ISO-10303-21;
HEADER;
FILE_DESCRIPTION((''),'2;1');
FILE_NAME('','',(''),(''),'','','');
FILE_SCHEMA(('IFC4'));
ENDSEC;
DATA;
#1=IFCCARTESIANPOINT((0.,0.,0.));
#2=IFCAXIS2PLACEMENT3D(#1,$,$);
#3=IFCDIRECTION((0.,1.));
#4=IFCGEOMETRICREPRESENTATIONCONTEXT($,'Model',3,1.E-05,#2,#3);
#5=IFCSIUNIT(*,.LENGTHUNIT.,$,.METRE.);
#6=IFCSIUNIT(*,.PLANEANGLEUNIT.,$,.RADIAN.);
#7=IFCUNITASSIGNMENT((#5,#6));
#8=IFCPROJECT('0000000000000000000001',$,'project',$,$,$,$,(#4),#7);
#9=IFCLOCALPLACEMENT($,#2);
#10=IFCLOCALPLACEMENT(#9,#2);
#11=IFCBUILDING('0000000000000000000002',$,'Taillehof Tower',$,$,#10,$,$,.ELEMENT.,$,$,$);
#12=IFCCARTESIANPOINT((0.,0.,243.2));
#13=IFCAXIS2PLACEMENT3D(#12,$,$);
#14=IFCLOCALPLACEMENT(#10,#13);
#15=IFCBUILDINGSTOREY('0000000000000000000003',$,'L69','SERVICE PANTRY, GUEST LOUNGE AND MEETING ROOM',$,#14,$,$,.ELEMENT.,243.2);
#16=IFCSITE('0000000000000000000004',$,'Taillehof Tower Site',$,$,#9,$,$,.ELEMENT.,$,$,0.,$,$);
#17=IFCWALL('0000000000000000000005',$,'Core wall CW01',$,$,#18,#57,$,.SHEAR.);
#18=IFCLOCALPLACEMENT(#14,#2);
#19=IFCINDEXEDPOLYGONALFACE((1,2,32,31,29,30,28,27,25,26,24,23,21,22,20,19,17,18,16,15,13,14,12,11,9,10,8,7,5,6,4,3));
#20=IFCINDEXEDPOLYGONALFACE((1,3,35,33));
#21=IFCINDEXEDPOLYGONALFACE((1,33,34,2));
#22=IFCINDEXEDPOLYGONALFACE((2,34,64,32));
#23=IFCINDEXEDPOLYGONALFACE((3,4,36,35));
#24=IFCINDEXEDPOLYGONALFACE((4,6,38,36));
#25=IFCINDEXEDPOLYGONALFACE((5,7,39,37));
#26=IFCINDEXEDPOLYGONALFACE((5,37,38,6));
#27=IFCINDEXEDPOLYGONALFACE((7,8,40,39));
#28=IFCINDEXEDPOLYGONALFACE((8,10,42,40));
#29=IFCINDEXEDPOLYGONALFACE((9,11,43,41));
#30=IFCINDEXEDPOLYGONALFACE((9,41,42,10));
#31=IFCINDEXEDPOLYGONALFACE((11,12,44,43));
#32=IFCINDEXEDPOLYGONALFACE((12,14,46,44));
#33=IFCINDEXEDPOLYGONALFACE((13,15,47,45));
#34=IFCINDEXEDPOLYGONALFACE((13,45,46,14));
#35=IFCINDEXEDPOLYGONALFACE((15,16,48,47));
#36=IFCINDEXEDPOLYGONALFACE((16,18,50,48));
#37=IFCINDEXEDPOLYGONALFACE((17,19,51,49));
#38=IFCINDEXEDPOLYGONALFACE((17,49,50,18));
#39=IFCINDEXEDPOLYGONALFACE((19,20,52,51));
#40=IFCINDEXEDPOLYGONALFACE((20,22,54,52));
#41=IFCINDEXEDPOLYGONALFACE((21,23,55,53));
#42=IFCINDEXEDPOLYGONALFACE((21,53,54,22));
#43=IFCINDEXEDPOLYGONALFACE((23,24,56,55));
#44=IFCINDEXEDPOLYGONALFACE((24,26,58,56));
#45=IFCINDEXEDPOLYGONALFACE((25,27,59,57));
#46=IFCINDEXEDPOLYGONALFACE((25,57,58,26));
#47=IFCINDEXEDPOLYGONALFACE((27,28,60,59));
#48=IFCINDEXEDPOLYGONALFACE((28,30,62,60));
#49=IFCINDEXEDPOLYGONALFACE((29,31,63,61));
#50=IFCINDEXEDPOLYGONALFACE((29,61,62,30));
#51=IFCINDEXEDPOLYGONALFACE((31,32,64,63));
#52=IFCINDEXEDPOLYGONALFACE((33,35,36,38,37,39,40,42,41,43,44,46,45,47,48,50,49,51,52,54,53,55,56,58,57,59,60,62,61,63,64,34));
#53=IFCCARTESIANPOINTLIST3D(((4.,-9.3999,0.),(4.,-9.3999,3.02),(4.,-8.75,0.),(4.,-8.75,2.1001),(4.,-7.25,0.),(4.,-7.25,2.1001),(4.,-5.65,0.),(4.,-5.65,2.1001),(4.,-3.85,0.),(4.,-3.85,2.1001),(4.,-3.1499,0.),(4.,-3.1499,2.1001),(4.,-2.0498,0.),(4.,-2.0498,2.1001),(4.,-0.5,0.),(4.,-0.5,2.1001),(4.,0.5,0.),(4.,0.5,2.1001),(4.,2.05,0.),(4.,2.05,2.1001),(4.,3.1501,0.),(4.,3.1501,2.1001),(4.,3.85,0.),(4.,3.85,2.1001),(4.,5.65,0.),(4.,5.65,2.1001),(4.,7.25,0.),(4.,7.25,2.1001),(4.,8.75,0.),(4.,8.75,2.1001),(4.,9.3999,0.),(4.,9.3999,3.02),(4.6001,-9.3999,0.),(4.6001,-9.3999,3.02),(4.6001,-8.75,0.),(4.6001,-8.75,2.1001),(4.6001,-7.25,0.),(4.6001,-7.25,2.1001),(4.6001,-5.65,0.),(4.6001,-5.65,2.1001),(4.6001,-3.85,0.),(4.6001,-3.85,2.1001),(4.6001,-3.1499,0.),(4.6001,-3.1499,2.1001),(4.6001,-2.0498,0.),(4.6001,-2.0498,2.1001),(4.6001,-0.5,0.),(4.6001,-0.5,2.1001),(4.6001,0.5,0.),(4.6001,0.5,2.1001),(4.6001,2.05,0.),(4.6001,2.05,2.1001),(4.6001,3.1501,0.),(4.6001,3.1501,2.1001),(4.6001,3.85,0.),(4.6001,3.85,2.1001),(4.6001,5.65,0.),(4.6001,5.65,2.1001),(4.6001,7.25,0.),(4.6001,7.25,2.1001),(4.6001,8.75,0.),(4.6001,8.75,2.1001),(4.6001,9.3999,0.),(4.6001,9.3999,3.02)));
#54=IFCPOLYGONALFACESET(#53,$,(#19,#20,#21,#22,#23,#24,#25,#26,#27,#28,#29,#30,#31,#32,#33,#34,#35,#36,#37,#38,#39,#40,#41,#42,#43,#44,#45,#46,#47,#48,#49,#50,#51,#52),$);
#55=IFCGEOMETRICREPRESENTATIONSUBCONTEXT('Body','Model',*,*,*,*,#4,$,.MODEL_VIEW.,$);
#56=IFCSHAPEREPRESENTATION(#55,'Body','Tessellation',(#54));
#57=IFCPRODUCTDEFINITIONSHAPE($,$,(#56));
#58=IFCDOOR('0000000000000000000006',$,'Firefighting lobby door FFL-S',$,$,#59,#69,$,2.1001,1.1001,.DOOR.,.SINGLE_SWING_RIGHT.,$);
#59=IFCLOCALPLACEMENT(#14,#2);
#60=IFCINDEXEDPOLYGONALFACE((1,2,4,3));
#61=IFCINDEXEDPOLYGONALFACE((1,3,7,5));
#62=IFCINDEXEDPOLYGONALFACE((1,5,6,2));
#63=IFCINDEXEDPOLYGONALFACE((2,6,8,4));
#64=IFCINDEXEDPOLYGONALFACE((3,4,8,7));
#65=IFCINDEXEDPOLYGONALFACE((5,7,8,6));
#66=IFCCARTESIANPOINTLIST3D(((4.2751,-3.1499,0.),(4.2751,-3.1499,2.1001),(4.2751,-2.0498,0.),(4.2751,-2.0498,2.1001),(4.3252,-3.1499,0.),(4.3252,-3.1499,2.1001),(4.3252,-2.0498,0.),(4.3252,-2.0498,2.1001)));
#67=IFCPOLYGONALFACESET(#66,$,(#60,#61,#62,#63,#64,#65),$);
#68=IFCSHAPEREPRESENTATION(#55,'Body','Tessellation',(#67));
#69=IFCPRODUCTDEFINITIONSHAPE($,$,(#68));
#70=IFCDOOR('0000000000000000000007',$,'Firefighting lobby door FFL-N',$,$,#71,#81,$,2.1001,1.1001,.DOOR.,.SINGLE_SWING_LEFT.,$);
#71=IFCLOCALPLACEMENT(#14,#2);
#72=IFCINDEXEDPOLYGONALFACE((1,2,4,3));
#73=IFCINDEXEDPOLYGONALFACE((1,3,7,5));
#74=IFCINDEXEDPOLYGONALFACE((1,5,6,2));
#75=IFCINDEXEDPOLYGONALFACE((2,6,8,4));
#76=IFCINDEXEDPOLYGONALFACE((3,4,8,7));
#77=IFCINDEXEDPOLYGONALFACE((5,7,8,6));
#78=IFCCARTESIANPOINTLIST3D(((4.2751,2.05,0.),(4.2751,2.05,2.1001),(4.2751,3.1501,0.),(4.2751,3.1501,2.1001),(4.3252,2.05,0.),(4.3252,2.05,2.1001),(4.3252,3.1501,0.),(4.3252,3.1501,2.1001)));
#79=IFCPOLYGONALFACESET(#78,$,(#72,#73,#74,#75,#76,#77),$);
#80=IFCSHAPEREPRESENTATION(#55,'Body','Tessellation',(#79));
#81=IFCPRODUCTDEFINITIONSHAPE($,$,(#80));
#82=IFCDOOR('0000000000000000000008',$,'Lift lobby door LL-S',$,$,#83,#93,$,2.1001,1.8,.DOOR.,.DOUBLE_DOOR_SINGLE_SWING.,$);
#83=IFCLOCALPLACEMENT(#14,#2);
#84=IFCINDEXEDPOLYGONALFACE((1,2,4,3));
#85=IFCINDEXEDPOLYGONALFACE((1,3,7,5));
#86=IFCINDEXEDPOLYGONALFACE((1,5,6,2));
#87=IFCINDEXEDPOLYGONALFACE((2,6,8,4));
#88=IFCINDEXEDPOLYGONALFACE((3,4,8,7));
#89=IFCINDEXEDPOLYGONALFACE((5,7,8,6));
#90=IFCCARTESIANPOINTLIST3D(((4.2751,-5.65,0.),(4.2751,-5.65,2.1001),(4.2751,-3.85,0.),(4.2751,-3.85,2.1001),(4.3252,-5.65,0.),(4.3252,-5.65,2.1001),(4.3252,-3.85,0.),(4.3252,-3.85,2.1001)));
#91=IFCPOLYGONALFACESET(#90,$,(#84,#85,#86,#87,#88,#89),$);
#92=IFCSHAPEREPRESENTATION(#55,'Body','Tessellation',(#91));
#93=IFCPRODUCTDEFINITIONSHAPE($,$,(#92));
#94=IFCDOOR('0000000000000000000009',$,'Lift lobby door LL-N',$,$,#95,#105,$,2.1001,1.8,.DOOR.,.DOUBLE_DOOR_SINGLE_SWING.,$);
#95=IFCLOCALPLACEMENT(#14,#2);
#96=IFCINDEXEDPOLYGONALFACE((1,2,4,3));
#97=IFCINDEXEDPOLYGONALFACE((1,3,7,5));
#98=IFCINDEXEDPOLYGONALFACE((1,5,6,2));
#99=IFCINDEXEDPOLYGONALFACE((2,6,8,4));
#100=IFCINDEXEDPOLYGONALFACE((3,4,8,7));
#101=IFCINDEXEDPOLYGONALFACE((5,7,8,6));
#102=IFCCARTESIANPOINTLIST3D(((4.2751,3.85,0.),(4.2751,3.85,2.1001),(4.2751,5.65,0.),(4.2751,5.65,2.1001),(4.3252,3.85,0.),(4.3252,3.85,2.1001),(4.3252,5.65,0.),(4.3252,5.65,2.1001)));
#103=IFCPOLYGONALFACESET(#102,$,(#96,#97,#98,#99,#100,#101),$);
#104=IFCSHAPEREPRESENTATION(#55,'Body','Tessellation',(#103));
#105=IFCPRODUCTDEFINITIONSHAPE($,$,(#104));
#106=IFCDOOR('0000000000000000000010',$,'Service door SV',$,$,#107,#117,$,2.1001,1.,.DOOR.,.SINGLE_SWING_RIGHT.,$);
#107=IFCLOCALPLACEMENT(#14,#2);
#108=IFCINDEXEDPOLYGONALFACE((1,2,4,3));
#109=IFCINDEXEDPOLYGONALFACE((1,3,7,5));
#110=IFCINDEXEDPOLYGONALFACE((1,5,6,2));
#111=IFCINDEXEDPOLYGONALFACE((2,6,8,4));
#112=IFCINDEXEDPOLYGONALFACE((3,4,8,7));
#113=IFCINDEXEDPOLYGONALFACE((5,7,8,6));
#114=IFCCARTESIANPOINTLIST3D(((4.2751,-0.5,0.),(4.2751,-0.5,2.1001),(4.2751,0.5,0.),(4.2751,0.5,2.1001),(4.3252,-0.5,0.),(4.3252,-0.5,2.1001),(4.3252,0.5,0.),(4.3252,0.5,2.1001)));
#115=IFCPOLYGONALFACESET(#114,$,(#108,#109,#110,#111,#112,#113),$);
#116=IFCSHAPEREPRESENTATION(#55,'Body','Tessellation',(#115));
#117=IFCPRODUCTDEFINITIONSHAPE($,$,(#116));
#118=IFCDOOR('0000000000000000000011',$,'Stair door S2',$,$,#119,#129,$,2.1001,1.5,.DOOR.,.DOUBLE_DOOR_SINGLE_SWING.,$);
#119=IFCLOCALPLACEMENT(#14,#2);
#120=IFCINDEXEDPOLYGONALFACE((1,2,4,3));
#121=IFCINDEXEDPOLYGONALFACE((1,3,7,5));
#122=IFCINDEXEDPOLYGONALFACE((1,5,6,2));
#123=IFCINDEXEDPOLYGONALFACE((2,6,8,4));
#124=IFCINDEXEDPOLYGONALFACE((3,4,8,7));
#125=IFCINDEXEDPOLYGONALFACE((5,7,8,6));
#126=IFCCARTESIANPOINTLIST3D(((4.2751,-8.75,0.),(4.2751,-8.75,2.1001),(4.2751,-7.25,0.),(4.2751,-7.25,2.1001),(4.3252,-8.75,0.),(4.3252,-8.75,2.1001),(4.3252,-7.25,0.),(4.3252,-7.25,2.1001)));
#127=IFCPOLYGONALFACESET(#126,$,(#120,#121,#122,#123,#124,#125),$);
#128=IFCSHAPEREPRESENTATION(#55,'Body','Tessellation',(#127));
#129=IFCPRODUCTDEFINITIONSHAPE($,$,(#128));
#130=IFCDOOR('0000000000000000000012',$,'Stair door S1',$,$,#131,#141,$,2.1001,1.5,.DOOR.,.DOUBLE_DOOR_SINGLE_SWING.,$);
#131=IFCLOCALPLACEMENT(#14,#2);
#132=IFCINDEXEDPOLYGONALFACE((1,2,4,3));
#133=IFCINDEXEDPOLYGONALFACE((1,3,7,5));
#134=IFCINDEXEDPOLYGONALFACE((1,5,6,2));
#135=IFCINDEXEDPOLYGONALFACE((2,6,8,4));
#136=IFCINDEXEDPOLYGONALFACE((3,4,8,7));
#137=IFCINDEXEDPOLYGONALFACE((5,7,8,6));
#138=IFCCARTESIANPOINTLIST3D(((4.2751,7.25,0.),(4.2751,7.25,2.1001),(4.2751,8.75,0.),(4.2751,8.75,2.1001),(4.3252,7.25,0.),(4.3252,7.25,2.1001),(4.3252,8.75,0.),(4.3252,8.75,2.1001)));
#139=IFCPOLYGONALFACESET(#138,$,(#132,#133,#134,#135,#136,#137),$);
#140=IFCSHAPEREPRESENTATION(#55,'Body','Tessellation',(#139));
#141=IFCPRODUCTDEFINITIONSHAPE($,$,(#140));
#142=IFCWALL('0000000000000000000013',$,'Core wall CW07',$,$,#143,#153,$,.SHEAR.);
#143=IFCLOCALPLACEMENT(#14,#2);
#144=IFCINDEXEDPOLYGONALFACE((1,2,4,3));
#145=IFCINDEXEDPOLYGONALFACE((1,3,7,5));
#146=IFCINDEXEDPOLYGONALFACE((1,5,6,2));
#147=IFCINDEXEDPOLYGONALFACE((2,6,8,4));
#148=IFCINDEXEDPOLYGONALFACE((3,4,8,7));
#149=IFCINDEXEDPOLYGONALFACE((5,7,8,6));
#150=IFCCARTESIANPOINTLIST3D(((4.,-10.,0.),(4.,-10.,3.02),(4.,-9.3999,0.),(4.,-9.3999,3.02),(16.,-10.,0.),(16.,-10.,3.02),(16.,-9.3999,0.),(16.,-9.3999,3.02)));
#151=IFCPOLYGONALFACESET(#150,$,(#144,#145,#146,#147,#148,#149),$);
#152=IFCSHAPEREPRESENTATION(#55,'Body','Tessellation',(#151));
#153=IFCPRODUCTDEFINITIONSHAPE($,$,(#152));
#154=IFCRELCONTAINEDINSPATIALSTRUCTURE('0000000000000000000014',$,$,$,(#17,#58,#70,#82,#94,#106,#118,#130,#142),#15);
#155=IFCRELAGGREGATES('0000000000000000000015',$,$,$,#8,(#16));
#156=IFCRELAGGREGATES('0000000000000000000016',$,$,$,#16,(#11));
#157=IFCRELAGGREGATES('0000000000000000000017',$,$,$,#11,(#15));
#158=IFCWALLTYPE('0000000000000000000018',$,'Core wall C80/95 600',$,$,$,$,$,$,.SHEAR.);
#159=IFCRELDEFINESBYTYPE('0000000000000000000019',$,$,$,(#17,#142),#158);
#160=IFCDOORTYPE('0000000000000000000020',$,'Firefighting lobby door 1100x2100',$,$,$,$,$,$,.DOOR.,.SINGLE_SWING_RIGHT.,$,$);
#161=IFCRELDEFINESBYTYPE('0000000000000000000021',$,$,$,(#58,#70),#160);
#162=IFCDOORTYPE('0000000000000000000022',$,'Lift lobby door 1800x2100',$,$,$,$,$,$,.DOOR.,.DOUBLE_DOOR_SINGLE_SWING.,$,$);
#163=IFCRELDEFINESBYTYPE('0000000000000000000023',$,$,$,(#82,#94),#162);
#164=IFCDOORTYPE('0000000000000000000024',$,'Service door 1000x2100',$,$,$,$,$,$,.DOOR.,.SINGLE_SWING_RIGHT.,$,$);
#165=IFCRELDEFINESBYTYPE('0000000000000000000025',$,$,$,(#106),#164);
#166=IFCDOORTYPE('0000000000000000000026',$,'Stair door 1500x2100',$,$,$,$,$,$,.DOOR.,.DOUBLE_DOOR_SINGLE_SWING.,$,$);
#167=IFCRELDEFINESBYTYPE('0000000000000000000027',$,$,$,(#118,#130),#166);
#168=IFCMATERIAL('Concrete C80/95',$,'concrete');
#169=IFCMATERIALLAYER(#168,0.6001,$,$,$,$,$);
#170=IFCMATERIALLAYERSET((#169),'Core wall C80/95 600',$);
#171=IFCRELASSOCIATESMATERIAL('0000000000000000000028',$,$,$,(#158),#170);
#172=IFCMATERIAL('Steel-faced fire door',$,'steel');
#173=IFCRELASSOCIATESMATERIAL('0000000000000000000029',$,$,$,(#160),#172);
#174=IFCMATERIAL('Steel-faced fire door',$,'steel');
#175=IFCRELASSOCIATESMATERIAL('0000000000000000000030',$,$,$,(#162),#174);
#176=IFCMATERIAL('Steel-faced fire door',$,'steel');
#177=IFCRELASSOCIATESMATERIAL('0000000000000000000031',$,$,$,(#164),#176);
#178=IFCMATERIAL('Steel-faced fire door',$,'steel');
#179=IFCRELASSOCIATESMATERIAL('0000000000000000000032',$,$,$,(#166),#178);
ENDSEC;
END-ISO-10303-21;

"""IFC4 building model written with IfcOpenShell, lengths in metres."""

from ifc_helpers import new_model, si_unit, direction, frame, frame_2d, origin, place, context, subcontext, project, spatial, rectangle, extrude, material, layer, layer_set, type_object, element, fill, save


model = new_model("IFC4")

# Units and contexts
model_context = context("Model", 3, precision=1e-05, world=origin(), true_north=direction((0.0, 1.0)))
body_context = subcontext(model_context, "Body", "Model", "MODEL_VIEW")
ifc_project = project(units=[si_unit("LENGTHUNIT", "METRE"), si_unit("PLANEANGLEUNIT", "RADIAN")], contexts=[model_context])

# Site, building, storey
site_placement = place(None, origin())
site = spatial("IfcSite", under=ifc_project, at=site_placement, Name="Taillehof Tower Site", CompositionType="ELEMENT", RefElevation=0.0)
building_placement = place(site_placement, origin())
building = spatial("IfcBuilding", under=site, at=building_placement, Name="Taillehof Tower", CompositionType="ELEMENT")
storey_placement = place(building_placement, frame((0.0, 0.0, 243.2)))
storey = spatial("IfcBuildingStorey", under=building, at=storey_placement, Name="L69", Description="SERVICE PANTRY, GUEST LOUNGE AND MEETING ROOM", CompositionType="ELEMENT", Elevation=243.2)

# Wall, openings, doors
ifc_material_1 = material(Name="Concrete C80/95", Category="concrete")
ifc_layer_1 = layer(ifc_material_1, 0.6001)
ifc_layer_set_1 = layer_set([ifc_layer_1], Name="Core wall C80/95 600")
wall_type_1 = type_object("IfcWallType", Name="Core wall C80/95 600", PredefinedType="SHEAR", material=ifc_layer_set_1)
wall_1_placement = place(storey_placement, frame((4.3, -9.3999, 0.0), z_axis=(0.0, 0.0, 1.0), x_axis=(0.0, 1.0, 0.0)))
wall_1 = element("IfcWall", 1, at=wall_1_placement, inside=storey, type_object=wall_type_1, Name="Core wall CW01", PredefinedType="SHEAR", context=body_context, shape_type="SweptSolid", body=[
    extrude(rectangle(XDim=18.7998, YDim=0.6001, at=frame_2d((9.3999, 0.0))), origin(), (0.0, 0.0, 1.0), 3.02),
])
opening_1_placement = place(wall_1_placement, frame((0.6499, 0.0, 0.0)))
opening_1 = element("IfcOpeningElement", 2, at=opening_1_placement, cuts=wall_1, PredefinedType="OPENING", context=body_context, shape_type="SweptSolid", body=[
    extrude(rectangle(XDim=1.5, YDim=2.1001, at=frame_2d((0.75, 1.05))), frame((0.0, 0.3101, 0.0), z_axis=(0.0, -1.0, 0.0), x_axis=(1.0, 0.0, 0.0)), (0.0, 0.0, 1.0), 0.6201),
])
opening_2_placement = place(wall_1_placement, frame((3.75, 0.0, 0.0)))
opening_2 = element("IfcOpeningElement", 3, at=opening_2_placement, cuts=wall_1, PredefinedType="OPENING", context=body_context, shape_type="SweptSolid", body=[
    extrude(rectangle(XDim=1.8, YDim=2.1001, at=frame_2d((0.8999, 1.05))), frame((0.0, 0.3101, 0.0), z_axis=(0.0, -1.0, 0.0), x_axis=(1.0, 0.0, 0.0)), (0.0, 0.0, 1.0), 0.6201),
])
opening_3_placement = place(wall_1_placement, frame((6.25, 0.0, 0.0)))
opening_3 = element("IfcOpeningElement", 4, at=opening_3_placement, cuts=wall_1, PredefinedType="OPENING", context=body_context, shape_type="SweptSolid", body=[
    extrude(rectangle(XDim=1.1001, YDim=2.1001, at=frame_2d((0.55, 1.05))), frame((0.0, 0.3101, 0.0), z_axis=(0.0, -1.0, 0.0), x_axis=(1.0, 0.0, 0.0)), (0.0, 0.0, 1.0), 0.6201),
])
opening_4_placement = place(wall_1_placement, frame((8.8999, 0.0, 0.0)))
opening_4 = element("IfcOpeningElement", 5, at=opening_4_placement, cuts=wall_1, PredefinedType="OPENING", context=body_context, shape_type="SweptSolid", body=[
    extrude(rectangle(XDim=1.0, YDim=2.1001, at=frame_2d((0.5, 1.05))), frame((0.0, 0.3101, 0.0), z_axis=(0.0, -1.0, 0.0), x_axis=(1.0, 0.0, 0.0)), (0.0, 0.0, 1.0), 0.6201),
])
opening_5_placement = place(wall_1_placement, frame((11.45, 0.0, 0.0)))
opening_5 = element("IfcOpeningElement", 6, at=opening_5_placement, cuts=wall_1, PredefinedType="OPENING", context=body_context, shape_type="SweptSolid", body=[
    extrude(rectangle(XDim=1.1001, YDim=2.1001, at=frame_2d((0.55, 1.05))), frame((0.0, 0.3101, 0.0), z_axis=(0.0, -1.0, 0.0), x_axis=(1.0, 0.0, 0.0)), (0.0, 0.0, 1.0), 0.6201),
])
opening_6_placement = place(wall_1_placement, frame((13.25, 0.0, 0.0)))
opening_6 = element("IfcOpeningElement", 7, at=opening_6_placement, cuts=wall_1, PredefinedType="OPENING", context=body_context, shape_type="SweptSolid", body=[
    extrude(rectangle(XDim=1.8, YDim=2.1001, at=frame_2d((0.8999, 1.05))), frame((0.0, 0.3101, 0.0), z_axis=(0.0, -1.0, 0.0), x_axis=(1.0, 0.0, 0.0)), (0.0, 0.0, 1.0), 0.6201),
])
opening_7_placement = place(wall_1_placement, frame((16.6499, 0.0, 0.0)))
opening_7 = element("IfcOpeningElement", 8, at=opening_7_placement, cuts=wall_1, PredefinedType="OPENING", context=body_context, shape_type="SweptSolid", body=[
    extrude(rectangle(XDim=1.5, YDim=2.1001, at=frame_2d((0.75, 1.05))), frame((0.0, 0.3101, 0.0), z_axis=(0.0, -1.0, 0.0), x_axis=(1.0, 0.0, 0.0)), (0.0, 0.0, 1.0), 0.6201),
])
ifc_material_2 = material(Name="Steel-faced fire door", Category="steel")
door_type_1 = type_object("IfcDoorType", Name="Firefighting lobby door 1100x2100", OperationType="SINGLE_SWING_RIGHT", PredefinedType="DOOR", material=ifc_material_2)
door_1_placement = place(opening_3_placement, origin())
door_1 = element("IfcDoor", 9, at=door_1_placement, inside=storey, type_object=door_type_1, Name="Firefighting lobby door FFL-S", OperationType="SINGLE_SWING_RIGHT", OverallHeight=2.1001, OverallWidth=1.1001, PredefinedType="DOOR", context=body_context, shape_type="SweptSolid", body=[
    extrude(rectangle(XDim=1.1001, YDim=2.1001, at=frame_2d((0.55, 1.05))), frame((0.0, 0.0249, 0.0), z_axis=(0.0, -1.0, 0.0), x_axis=(1.0, 0.0, 0.0)), (0.0, 0.0, 1.0), 0.05),
])
fill(opening_3, door_1)
door_2_placement = place(opening_5_placement, origin())
door_2 = element("IfcDoor", 10, at=door_2_placement, inside=storey, type_object=door_type_1, Name="Firefighting lobby door FFL-N", OperationType="SINGLE_SWING_LEFT", OverallHeight=2.1001, OverallWidth=1.1001, PredefinedType="DOOR", context=body_context, shape_type="SweptSolid", body=[
    extrude(rectangle(XDim=1.1001, YDim=2.1001, at=frame_2d((0.55, 1.05))), frame((0.0, 0.0249, 0.0), z_axis=(0.0, -1.0, 0.0), x_axis=(1.0, 0.0, 0.0)), (0.0, 0.0, 1.0), 0.05),
])
fill(opening_5, door_2)
ifc_material_3 = material(Name="Steel-faced fire door", Category="steel")
door_type_2 = type_object("IfcDoorType", Name="Lift lobby door 1800x2100", OperationType="DOUBLE_DOOR_SINGLE_SWING", PredefinedType="DOOR", material=ifc_material_3)
door_3_placement = place(opening_2_placement, origin())
door_3 = element("IfcDoor", 11, at=door_3_placement, inside=storey, type_object=door_type_2, Name="Lift lobby door LL-S", OperationType="DOUBLE_DOOR_SINGLE_SWING", OverallHeight=2.1001, OverallWidth=1.8, PredefinedType="DOOR", context=body_context, shape_type="SweptSolid", body=[
    extrude(rectangle(XDim=1.8, YDim=2.1001, at=frame_2d((0.8999, 1.05))), frame((0.0, 0.0249, 0.0), z_axis=(0.0, -1.0, 0.0), x_axis=(1.0, 0.0, 0.0)), (0.0, 0.0, 1.0), 0.05),
])
fill(opening_2, door_3)
door_4_placement = place(opening_6_placement, origin())
door_4 = element("IfcDoor", 12, at=door_4_placement, inside=storey, type_object=door_type_2, Name="Lift lobby door LL-N", OperationType="DOUBLE_DOOR_SINGLE_SWING", OverallHeight=2.1001, OverallWidth=1.8, PredefinedType="DOOR", context=body_context, shape_type="SweptSolid", body=[
    extrude(rectangle(XDim=1.8, YDim=2.1001, at=frame_2d((0.8999, 1.05))), frame((0.0, 0.0249, 0.0), z_axis=(0.0, -1.0, 0.0), x_axis=(1.0, 0.0, 0.0)), (0.0, 0.0, 1.0), 0.05),
])
fill(opening_6, door_4)
ifc_material_4 = material(Name="Steel-faced fire door", Category="steel")
door_type_3 = type_object("IfcDoorType", Name="Service door 1000x2100", OperationType="SINGLE_SWING_RIGHT", PredefinedType="DOOR", material=ifc_material_4)
door_5_placement = place(opening_4_placement, origin())
door_5 = element("IfcDoor", 13, at=door_5_placement, inside=storey, type_object=door_type_3, Name="Service door SV", OperationType="SINGLE_SWING_RIGHT", OverallHeight=2.1001, OverallWidth=1.0, PredefinedType="DOOR", context=body_context, shape_type="SweptSolid", body=[
    extrude(rectangle(XDim=1.0, YDim=2.1001, at=frame_2d((0.5, 1.05))), frame((0.0, 0.0249, 0.0), z_axis=(0.0, -1.0, 0.0), x_axis=(1.0, 0.0, 0.0)), (0.0, 0.0, 1.0), 0.05),
])
fill(opening_4, door_5)
ifc_material_5 = material(Name="Steel-faced fire door", Category="steel")
door_type_4 = type_object("IfcDoorType", Name="Stair door 1500x2100", OperationType="DOUBLE_DOOR_SINGLE_SWING", PredefinedType="DOOR", material=ifc_material_5)
door_6_placement = place(opening_1_placement, origin())
door_6 = element("IfcDoor", 14, at=door_6_placement, inside=storey, type_object=door_type_4, Name="Stair door S2", OperationType="DOUBLE_DOOR_SINGLE_SWING", OverallHeight=2.1001, OverallWidth=1.5, PredefinedType="DOOR", context=body_context, shape_type="SweptSolid", body=[
    extrude(rectangle(XDim=1.5, YDim=2.1001, at=frame_2d((0.75, 1.05))), frame((0.0, 0.0249, 0.0), z_axis=(0.0, -1.0, 0.0), x_axis=(1.0, 0.0, 0.0)), (0.0, 0.0, 1.0), 0.05),
])
fill(opening_1, door_6)
door_7_placement = place(opening_7_placement, origin())
door_7 = element("IfcDoor", 15, at=door_7_placement, inside=storey, type_object=door_type_4, Name="Stair door S1", OperationType="DOUBLE_DOOR_SINGLE_SWING", OverallHeight=2.1001, OverallWidth=1.5, PredefinedType="DOOR", context=body_context, shape_type="SweptSolid", body=[
    extrude(rectangle(XDim=1.5, YDim=2.1001, at=frame_2d((0.75, 1.05))), frame((0.0, 0.0249, 0.0), z_axis=(0.0, -1.0, 0.0), x_axis=(1.0, 0.0, 0.0)), (0.0, 0.0, 1.0), 0.05),
])
fill(opening_7, door_7)

# Wall
wall_2_placement = place(storey_placement, frame((4.0, -9.7, 0.0), z_axis=(0.0, 0.0, 1.0), x_axis=(1.0, 0.0, 0.0)))
element("IfcWall", 16, at=wall_2_placement, inside=storey, type_object=wall_type_1, Name="Core wall CW07", PredefinedType="SHEAR", context=body_context, shape_type="SweptSolid", body=[
    extrude(rectangle(XDim=12.0, YDim=0.6001, at=frame_2d((6.0, 0.0))), origin(), (0.0, 0.0, 1.0), 3.02),
])

save(model, "model.ifc")
